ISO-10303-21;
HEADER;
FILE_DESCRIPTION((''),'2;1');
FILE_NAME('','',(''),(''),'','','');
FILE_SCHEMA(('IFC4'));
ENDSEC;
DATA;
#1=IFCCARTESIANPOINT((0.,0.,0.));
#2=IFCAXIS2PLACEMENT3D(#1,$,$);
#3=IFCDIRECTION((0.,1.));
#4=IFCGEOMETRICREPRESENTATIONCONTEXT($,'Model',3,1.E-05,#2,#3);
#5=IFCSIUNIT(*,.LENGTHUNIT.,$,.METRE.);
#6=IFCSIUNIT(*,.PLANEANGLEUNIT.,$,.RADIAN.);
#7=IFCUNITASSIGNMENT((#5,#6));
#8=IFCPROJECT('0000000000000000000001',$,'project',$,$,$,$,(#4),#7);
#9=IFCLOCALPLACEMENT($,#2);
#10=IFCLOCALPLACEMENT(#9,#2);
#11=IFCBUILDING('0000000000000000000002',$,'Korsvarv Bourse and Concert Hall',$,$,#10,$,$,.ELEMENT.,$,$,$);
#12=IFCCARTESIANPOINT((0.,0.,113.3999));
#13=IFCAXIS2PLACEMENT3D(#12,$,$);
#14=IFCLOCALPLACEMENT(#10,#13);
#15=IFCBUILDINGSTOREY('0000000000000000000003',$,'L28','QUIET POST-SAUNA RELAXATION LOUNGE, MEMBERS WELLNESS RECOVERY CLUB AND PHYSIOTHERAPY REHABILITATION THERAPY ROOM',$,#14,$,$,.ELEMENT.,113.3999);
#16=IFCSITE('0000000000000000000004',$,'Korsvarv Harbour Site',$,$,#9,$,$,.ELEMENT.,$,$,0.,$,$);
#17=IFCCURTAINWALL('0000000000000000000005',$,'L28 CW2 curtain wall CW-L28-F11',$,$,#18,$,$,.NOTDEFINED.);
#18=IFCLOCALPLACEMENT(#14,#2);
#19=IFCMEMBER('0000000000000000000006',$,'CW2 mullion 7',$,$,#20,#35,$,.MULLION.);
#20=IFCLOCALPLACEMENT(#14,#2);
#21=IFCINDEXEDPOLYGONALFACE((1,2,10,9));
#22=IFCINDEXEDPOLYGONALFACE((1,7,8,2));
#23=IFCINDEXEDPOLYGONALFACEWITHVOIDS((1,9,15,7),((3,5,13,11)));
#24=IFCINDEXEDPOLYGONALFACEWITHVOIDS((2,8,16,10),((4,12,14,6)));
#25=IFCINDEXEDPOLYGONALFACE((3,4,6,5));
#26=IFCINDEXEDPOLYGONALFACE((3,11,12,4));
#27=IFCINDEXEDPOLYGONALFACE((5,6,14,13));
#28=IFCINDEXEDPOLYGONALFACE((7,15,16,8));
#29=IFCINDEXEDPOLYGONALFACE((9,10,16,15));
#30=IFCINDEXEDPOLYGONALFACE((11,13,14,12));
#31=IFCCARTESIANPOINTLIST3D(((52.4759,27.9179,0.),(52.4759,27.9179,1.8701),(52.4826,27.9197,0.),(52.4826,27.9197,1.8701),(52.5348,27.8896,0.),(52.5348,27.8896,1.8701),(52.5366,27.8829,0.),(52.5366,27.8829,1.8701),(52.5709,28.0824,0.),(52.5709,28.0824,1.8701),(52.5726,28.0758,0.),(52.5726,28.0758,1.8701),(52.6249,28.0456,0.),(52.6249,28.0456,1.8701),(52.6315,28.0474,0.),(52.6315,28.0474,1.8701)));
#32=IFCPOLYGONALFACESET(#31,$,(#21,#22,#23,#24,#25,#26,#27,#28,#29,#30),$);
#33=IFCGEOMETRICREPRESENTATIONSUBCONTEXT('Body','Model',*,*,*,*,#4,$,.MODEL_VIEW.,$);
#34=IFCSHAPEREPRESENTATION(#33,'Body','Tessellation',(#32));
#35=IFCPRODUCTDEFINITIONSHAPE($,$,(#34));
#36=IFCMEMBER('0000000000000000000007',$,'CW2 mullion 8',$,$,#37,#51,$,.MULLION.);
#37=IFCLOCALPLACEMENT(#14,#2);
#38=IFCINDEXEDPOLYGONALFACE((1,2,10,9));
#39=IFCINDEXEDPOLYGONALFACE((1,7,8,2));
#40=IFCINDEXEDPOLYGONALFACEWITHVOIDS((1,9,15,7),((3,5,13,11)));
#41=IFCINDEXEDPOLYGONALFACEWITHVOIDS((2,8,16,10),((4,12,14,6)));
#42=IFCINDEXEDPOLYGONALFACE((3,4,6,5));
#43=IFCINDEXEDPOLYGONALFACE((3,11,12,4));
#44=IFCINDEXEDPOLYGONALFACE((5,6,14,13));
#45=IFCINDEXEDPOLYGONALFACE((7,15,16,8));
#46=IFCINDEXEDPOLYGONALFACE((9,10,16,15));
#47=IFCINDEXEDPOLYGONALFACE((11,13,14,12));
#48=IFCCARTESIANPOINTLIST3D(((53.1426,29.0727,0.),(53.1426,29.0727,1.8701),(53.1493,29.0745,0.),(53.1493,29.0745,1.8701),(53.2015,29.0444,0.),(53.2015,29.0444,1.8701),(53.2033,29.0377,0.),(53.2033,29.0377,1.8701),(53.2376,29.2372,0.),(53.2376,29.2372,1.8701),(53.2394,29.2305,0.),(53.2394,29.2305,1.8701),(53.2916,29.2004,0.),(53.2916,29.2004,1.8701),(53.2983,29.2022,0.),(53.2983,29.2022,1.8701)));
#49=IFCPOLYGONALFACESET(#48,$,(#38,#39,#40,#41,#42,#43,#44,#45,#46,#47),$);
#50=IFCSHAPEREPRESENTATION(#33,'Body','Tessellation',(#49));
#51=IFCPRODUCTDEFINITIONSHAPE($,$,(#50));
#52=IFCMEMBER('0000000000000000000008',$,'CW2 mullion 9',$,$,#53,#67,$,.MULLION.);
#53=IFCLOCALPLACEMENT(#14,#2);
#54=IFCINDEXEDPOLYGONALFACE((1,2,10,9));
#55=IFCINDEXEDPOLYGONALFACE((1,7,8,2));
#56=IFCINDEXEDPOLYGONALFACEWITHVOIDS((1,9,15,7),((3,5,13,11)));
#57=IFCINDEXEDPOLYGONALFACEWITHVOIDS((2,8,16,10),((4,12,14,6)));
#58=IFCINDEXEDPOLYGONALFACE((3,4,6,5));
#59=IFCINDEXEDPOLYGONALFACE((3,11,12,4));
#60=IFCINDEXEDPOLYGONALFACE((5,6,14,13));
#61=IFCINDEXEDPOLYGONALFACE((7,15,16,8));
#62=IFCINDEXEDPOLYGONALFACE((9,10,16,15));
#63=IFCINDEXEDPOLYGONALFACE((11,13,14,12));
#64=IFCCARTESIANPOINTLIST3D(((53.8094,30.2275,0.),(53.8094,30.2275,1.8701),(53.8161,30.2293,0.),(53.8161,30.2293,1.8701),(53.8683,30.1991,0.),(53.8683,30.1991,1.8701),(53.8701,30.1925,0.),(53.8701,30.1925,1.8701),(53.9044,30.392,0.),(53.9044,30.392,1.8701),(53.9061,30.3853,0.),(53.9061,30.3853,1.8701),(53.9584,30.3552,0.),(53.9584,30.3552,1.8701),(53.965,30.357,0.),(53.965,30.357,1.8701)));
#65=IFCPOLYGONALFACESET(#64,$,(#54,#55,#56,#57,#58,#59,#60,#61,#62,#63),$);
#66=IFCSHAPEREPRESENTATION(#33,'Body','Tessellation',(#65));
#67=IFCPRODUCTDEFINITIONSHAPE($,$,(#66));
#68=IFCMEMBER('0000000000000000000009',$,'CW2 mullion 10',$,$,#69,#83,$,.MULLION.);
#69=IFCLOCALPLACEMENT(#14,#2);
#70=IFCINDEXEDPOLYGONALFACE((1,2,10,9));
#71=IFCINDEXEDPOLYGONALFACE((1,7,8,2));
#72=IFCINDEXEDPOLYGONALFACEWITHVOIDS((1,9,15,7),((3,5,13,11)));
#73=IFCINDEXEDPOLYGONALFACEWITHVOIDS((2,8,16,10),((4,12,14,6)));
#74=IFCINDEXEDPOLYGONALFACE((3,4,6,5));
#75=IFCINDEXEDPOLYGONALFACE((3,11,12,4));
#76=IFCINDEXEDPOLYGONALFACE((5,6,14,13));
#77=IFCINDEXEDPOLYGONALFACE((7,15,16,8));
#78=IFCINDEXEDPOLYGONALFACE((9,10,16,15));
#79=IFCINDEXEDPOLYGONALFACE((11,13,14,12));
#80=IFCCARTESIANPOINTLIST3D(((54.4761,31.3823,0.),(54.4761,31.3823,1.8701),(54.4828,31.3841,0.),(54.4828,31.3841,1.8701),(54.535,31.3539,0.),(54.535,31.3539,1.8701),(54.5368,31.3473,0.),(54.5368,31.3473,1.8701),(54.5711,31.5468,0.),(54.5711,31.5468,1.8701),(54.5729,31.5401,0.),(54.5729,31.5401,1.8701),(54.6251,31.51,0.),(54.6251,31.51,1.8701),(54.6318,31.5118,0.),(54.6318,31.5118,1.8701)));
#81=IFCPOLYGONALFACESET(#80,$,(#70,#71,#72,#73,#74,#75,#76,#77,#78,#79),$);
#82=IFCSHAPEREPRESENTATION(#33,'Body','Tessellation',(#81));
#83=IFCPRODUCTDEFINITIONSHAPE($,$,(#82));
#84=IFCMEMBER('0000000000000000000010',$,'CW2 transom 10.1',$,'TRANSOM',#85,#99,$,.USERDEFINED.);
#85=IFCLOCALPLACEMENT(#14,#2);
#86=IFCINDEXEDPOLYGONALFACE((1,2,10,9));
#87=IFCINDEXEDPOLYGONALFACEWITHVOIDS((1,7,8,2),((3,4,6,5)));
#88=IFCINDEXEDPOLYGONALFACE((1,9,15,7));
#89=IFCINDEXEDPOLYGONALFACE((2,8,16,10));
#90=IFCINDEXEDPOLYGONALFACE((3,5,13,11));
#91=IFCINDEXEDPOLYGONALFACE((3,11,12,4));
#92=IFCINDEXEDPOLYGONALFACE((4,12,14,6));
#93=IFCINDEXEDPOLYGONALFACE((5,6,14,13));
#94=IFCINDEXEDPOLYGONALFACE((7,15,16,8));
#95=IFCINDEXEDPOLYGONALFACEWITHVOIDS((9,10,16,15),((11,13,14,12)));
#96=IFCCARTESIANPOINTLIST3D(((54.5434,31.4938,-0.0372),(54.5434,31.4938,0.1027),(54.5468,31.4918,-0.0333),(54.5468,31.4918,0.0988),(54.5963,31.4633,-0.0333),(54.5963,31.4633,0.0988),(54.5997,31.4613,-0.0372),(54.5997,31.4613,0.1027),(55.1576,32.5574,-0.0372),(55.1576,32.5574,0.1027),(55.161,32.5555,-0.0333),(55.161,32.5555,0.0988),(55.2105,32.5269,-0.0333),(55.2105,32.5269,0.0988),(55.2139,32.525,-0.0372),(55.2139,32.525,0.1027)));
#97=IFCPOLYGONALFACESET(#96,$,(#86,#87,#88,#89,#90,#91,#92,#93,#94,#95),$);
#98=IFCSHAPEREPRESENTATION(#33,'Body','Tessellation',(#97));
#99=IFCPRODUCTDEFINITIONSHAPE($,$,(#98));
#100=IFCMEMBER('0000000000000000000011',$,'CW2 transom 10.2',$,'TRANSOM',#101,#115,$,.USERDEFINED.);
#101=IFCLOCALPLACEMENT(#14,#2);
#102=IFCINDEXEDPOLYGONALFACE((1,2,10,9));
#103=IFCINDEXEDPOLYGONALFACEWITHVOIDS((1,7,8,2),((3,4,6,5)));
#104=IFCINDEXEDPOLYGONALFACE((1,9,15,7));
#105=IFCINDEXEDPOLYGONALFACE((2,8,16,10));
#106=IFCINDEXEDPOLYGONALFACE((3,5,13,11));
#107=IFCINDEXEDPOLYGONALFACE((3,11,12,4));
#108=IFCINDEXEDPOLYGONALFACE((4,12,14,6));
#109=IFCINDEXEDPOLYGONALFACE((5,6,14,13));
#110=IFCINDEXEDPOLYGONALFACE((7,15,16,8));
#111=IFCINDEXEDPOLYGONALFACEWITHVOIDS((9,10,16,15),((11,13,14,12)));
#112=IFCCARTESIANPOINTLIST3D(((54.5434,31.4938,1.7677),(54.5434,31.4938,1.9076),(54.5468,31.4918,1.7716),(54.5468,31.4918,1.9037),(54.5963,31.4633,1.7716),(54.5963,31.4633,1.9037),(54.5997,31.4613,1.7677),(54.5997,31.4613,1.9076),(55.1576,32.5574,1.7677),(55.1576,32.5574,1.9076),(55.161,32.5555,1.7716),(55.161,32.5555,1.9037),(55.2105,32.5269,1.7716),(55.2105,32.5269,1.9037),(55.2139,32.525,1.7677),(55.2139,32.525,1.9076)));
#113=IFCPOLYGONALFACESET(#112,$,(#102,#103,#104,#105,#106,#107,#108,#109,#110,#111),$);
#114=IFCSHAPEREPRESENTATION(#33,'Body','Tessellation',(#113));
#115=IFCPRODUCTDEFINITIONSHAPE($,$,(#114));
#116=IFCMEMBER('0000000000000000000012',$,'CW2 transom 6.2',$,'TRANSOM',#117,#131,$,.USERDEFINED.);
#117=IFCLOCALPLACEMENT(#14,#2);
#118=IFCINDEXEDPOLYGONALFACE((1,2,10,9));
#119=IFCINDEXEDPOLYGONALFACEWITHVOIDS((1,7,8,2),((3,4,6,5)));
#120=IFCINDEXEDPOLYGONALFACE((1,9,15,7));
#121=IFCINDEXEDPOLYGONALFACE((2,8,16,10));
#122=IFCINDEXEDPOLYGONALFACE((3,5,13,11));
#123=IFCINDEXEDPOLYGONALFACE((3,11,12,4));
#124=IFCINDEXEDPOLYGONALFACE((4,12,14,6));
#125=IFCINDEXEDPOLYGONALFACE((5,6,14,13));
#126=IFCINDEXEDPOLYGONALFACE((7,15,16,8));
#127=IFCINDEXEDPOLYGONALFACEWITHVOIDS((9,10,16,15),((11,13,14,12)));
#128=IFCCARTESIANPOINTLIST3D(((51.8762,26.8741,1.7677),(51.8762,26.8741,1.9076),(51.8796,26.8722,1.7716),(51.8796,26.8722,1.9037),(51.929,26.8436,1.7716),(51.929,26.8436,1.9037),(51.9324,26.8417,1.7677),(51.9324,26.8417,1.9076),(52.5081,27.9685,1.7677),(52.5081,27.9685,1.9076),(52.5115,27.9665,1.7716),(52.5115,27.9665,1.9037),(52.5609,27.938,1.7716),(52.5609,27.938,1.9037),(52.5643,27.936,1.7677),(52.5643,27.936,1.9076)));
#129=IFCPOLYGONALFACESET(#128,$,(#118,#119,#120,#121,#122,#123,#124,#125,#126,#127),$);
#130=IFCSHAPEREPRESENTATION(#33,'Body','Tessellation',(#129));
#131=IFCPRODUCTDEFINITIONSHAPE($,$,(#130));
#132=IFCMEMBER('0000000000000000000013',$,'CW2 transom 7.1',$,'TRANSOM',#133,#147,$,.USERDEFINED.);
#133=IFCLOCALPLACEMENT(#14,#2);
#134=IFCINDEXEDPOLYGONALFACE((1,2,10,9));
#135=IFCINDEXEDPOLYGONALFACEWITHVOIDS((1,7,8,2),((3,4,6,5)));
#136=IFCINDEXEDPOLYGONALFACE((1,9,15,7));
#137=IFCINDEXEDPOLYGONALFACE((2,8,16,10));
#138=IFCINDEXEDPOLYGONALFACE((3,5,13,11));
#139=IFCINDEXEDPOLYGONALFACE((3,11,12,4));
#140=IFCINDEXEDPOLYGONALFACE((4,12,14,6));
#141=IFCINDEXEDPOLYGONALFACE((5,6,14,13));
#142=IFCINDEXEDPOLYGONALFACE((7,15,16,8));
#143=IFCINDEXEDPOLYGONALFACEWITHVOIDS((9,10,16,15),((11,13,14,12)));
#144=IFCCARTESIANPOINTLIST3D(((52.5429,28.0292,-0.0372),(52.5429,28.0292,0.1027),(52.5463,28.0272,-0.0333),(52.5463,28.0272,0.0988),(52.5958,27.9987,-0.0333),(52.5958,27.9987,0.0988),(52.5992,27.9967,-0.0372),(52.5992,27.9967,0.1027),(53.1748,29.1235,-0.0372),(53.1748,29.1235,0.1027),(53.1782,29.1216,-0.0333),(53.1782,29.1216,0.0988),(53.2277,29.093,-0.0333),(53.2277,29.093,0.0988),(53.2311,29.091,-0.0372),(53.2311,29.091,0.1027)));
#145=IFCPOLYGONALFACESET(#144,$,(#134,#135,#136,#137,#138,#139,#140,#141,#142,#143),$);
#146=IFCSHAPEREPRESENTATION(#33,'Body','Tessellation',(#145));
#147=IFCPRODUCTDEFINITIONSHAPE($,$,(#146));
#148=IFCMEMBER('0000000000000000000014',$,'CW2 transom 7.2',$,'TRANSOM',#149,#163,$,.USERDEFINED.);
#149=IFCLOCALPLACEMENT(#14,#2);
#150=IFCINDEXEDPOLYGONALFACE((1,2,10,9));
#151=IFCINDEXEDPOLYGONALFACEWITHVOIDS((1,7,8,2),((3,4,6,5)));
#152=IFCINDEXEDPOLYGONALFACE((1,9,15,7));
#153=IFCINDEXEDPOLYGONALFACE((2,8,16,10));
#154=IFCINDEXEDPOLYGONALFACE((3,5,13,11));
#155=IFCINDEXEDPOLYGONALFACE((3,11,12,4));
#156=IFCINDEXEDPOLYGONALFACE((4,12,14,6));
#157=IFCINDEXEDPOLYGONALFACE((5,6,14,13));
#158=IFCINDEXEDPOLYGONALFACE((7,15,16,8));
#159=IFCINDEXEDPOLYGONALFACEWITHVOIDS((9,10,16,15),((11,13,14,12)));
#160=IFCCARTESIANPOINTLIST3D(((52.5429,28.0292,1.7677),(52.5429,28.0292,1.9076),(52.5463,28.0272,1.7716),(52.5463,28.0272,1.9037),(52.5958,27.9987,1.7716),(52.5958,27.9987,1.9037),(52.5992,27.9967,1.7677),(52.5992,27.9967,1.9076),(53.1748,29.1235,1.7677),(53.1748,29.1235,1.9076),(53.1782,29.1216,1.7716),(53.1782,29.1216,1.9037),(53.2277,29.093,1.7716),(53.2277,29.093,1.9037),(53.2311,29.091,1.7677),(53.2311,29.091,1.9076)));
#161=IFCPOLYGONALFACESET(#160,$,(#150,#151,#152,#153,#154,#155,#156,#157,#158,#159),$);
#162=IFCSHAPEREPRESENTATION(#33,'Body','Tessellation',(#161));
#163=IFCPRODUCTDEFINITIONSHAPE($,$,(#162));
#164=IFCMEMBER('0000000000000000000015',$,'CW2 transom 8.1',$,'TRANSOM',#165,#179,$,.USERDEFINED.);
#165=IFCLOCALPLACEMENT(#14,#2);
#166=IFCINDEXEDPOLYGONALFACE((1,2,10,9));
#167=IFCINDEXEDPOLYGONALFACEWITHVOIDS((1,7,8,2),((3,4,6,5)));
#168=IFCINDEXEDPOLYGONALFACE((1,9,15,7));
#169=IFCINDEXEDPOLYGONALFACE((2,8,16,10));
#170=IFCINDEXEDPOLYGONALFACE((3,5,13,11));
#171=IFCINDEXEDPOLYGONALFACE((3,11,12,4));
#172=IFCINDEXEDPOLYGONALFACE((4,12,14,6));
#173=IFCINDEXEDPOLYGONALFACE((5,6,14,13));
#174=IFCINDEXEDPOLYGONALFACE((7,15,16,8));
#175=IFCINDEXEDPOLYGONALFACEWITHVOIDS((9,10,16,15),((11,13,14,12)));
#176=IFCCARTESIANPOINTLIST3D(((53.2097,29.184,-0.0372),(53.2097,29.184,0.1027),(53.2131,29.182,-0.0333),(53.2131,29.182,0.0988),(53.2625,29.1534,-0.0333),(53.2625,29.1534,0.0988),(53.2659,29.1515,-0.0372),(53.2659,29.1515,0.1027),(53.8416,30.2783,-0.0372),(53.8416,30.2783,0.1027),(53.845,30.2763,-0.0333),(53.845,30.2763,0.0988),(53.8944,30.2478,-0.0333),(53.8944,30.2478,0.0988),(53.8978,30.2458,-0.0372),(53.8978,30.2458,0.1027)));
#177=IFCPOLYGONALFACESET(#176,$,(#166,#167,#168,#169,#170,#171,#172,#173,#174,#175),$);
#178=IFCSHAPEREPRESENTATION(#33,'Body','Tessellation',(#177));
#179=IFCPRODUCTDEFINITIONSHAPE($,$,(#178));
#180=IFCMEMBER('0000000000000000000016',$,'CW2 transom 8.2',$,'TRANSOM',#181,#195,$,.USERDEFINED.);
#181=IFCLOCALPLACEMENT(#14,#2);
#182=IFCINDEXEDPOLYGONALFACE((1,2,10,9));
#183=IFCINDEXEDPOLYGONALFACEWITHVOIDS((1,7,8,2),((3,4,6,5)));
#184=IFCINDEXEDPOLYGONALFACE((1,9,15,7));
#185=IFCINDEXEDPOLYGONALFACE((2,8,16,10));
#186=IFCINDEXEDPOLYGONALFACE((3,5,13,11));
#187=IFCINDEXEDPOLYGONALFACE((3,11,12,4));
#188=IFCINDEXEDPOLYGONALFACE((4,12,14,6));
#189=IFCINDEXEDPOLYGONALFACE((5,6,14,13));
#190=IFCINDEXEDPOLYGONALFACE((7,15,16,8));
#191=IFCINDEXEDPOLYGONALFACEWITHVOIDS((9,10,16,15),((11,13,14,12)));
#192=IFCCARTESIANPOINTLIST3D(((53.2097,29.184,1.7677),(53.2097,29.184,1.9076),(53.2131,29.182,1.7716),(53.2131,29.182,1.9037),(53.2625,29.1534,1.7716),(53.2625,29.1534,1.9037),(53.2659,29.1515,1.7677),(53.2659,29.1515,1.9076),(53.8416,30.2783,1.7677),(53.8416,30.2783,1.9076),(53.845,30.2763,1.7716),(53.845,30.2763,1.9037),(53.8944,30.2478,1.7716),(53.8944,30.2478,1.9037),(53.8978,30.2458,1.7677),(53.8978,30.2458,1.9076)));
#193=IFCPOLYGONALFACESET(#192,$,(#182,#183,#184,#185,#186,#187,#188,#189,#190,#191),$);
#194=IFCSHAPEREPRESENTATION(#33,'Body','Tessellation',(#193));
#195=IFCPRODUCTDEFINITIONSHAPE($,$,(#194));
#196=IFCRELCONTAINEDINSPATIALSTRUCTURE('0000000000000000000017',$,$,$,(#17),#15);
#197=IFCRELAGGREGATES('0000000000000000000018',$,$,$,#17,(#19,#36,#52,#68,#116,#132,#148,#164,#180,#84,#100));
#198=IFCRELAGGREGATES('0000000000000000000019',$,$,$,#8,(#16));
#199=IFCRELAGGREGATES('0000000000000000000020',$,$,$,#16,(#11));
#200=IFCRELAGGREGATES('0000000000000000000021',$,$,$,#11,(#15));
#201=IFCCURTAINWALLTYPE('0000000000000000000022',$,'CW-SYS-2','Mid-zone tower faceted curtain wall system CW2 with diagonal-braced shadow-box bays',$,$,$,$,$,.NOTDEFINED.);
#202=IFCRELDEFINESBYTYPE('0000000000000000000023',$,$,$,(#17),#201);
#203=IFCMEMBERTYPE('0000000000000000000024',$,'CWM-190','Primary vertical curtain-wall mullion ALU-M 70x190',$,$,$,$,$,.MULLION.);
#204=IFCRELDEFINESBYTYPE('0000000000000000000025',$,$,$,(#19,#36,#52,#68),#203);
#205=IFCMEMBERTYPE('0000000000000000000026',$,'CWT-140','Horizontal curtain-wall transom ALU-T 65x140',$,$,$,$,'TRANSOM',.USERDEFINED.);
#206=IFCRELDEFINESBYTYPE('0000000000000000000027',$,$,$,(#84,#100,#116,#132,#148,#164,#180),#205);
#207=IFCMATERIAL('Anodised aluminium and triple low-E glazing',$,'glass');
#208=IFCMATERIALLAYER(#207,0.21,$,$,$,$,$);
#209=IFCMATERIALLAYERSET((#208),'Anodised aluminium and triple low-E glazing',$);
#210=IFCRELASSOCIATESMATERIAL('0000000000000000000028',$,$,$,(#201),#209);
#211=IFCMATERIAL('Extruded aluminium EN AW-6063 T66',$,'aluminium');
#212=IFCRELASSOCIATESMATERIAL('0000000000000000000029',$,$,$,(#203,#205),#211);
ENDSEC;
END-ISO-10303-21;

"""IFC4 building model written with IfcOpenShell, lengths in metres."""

from ifc_helpers import new_model, si_unit, direction, frame, origin, origin_2d, place, context, subcontext, project, spatial, hollow_rectangle, extrude, source, transform, mapped, material, layer, layer_set, material_profile, profile_set, type_object, element, aggregate, save


model = new_model("IFC4")

# Units and contexts
model_context = context("Model", 3, precision=1e-05, world=origin(), true_north=direction((0.0, 1.0)))
body_context = subcontext(model_context, "Body", "Model", "MODEL_VIEW")
ifc_project = project(units=[si_unit("LENGTHUNIT", "METRE"), si_unit("PLANEANGLEUNIT", "RADIAN")], contexts=[model_context])

# Site, building, storey
site_placement = place(None, origin())
site = spatial("IfcSite", under=ifc_project, at=site_placement, Name="Korsvarv Harbour Site", CompositionType="ELEMENT", RefElevation=0.0)
building_placement = place(site_placement, origin())
building = spatial("IfcBuilding", under=site, at=building_placement, Name="Korsvarv Bourse and Concert Hall", CompositionType="ELEMENT")
storey_placement = place(building_placement, frame((0.0, 0.0, 113.3999)))
storey = spatial("IfcBuildingStorey", under=building, at=storey_placement, Name="L28", Description="QUIET POST-SAUNA RELAXATION LOUNGE, MEMBERS WELLNESS RECOVERY CLUB AND PHYSIOTHERAPY REHABILITATION THERAPY ROOM", CompositionType="ELEMENT", Elevation=113.3999)

# Curtain wall, members
ifc_material_1 = material(Name="Anodised aluminium and triple low-E glazing", Category="glass")
ifc_layer_1 = layer(ifc_material_1, 0.21)
ifc_layer_set_1 = layer_set([ifc_layer_1], Name="Anodised aluminium and triple low-E glazing")
curtain_wall_type = type_object("IfcCurtainWallType", Name="CW-SYS-2", Description="Mid-zone tower faceted curtain wall system CW2 with diagonal-braced shadow-box bays", PredefinedType="NOTDEFINED", material=ifc_layer_set_1)
curtain_wall_placement = place(storey_placement, origin())
curtain_wall = element("IfcCurtainWall", 1, at=curtain_wall_placement, inside=storey, type_object=curtain_wall_type, Name="L28 CW2 curtain wall CW-L28-F11", PredefinedType="NOTDEFINED")
ifc_material_2 = material(Name="Extruded aluminium EN AW-6063 T66", Category="aluminium")
ifc_material_profile_1 = material_profile(ifc_material_2, hollow_rectangle(XDim=0.0701, YDim=0.1899, WallThickness=0.0049, at=origin_2d()), Name="ALU-M 70x190")
ifc_profile_set_1 = profile_set([ifc_material_profile_1], Name="Extruded aluminium EN AW-6063 T66")
member_type_1 = type_object("IfcMemberType", Name="CWM-190", Description="Primary vertical curtain-wall mullion ALU-M 70x190", PredefinedType="MULLION", material=ifc_profile_set_1)
shared_shape_1 = source(origin(), body_context, "Body", "SweptSolid", [
    extrude(hollow_rectangle(XDim=0.0701, YDim=0.1899, WallThickness=0.0049, at=origin_2d()), origin(), (0.0, 0.0, 1.0), 1.8701),
])
member_1_placement = place(storey_placement, frame((52.5537, 27.9827, 0.0), z_axis=(0.0, 0.0, 1.0), x_axis=(-0.866022, 0.500006, 0.0)))
member_1 = element("IfcMember", 2, at=member_1_placement, type_object=member_type_1, Name="CW2 mullion 7", PredefinedType="MULLION", context=body_context, shape_type="MappedRepresentation", body=[
    mapped(shared_shape_1, transform((0.0, 0.0, 0.0), scale=1.0)),
])
member_2_placement = place(storey_placement, frame((53.2205, 29.1375, 0.0), z_axis=(0.0, 0.0, 1.0), x_axis=(-0.866022, 0.500006, 0.0)))
member_2 = element("IfcMember", 3, at=member_2_placement, type_object=member_type_1, Name="CW2 mullion 8", PredefinedType="MULLION", context=body_context, shape_type="MappedRepresentation", body=[
    mapped(shared_shape_1, transform((0.0, 0.0, 0.0), scale=1.0)),
])
member_3_placement = place(storey_placement, frame((53.8872, 30.2922, 0.0), z_axis=(0.0, 0.0, 1.0), x_axis=(-0.866022, 0.500006, 0.0)))
member_3 = element("IfcMember", 4, at=member_3_placement, type_object=member_type_1, Name="CW2 mullion 9", PredefinedType="MULLION", context=body_context, shape_type="MappedRepresentation", body=[
    mapped(shared_shape_1, transform((0.0, 0.0, 0.0), scale=1.0)),
])
member_4_placement = place(storey_placement, frame((54.554, 31.447, 0.0), z_axis=(0.0, 0.0, 1.0), x_axis=(-0.866022, 0.500006, 0.0)))
member_4 = element("IfcMember", 5, at=member_4_placement, type_object=member_type_1, Name="CW2 mullion 10", PredefinedType="MULLION", context=body_context, shape_type="MappedRepresentation", body=[
    mapped(shared_shape_1, transform((0.0, 0.0, 0.0), scale=1.0)),
])
ifc_material_profile_2 = material_profile(ifc_material_2, hollow_rectangle(XDim=0.0649, YDim=0.1399, WallThickness=0.0039, at=origin_2d()), Name="ALU-T 65x140")
ifc_profile_set_2 = profile_set([ifc_material_profile_2], Name="Extruded aluminium EN AW-6063 T66")
member_type_2 = type_object("IfcMemberType", Name="CWT-140", Description="Horizontal curtain-wall transom ALU-T 65x140", ElementType="TRANSOM", PredefinedType="USERDEFINED", material=ifc_profile_set_2)
shared_shape_2 = source(origin(), body_context, "Body", "SweptSolid", [
    extrude(hollow_rectangle(XDim=0.0649, YDim=0.1399, WallThickness=0.0039, at=origin_2d()), origin(), (0.0, 0.0, 1.0), 1.2283),
])
member_5_placement = place(storey_placement, frame((54.5715, 31.4775, 0.0327), z_axis=(0.500072, 0.865984, 0.0), x_axis=(-0.865984, 0.500072, 0.0)))
member_5 = element("IfcMember", 6, at=member_5_placement, type_object=member_type_2, Name="CW2 transom 10.1", ObjectType="TRANSOM", PredefinedType="USERDEFINED", context=body_context, shape_type="MappedRepresentation", body=[
    mapped(shared_shape_2, transform((0.0, 0.0, 0.0), scale=1.0)),
])
member_6_placement = place(storey_placement, frame((54.5715, 31.4775, 1.8376), z_axis=(0.500072, 0.865984, 0.0), x_axis=(-0.865984, 0.500072, 0.0)))
member_6 = element("IfcMember", 7, at=member_6_placement, type_object=member_type_2, Name="CW2 transom 10.2", ObjectType="TRANSOM", PredefinedType="USERDEFINED", context=body_context, shape_type="MappedRepresentation", body=[
    mapped(shared_shape_2, transform((0.0, 0.0, 0.0), scale=1.0)),
])
shared_shape_3 = source(origin(), body_context, "Body", "SweptSolid", [
    extrude(hollow_rectangle(XDim=0.0649, YDim=0.1399, WallThickness=0.0039, at=origin_2d()), origin(), (0.0, 0.0, 1.0), 1.2637),
])
member_7_placement = place(storey_placement, frame((51.9043, 26.8579, 1.8376), z_axis=(0.500046, 0.865999, 0.0), x_axis=(-0.865999, 0.500046, 0.0)))
member_7 = element("IfcMember", 8, at=member_7_placement, type_object=member_type_2, Name="CW2 transom 6.2", ObjectType="TRANSOM", PredefinedType="USERDEFINED", context=body_context, shape_type="MappedRepresentation", body=[
    mapped(shared_shape_3, transform((0.0, 0.0, 0.0), scale=1.0)),
])
member_8_placement = place(storey_placement, frame((52.571, 28.0129, 0.0327), z_axis=(0.500046, 0.865999, 0.0), x_axis=(-0.865999, 0.500046, 0.0)))
member_8 = element("IfcMember", 9, at=member_8_placement, type_object=member_type_2, Name="CW2 transom 7.1", ObjectType="TRANSOM", PredefinedType="USERDEFINED", context=body_context, shape_type="MappedRepresentation", body=[
    mapped(shared_shape_3, transform((0.0, 0.0, 0.0), scale=1.0)),
])
member_9_placement = place(storey_placement, frame((52.571, 28.0129, 1.8376), z_axis=(0.500046, 0.865999, 0.0), x_axis=(-0.865999, 0.500046, 0.0)))
member_9 = element("IfcMember", 10, at=member_9_placement, type_object=member_type_2, Name="CW2 transom 7.2", ObjectType="TRANSOM", PredefinedType="USERDEFINED", context=body_context, shape_type="MappedRepresentation", body=[
    mapped(shared_shape_3, transform((0.0, 0.0, 0.0), scale=1.0)),
])
member_10_placement = place(storey_placement, frame((53.2378, 29.1677, 0.0327), z_axis=(0.500046, 0.865999, 0.0), x_axis=(-0.865999, 0.500046, 0.0)))
member_10 = element("IfcMember", 11, at=member_10_placement, type_object=member_type_2, Name="CW2 transom 8.1", ObjectType="TRANSOM", PredefinedType="USERDEFINED", context=body_context, shape_type="MappedRepresentation", body=[
    mapped(shared_shape_3, transform((0.0, 0.0, 0.0), scale=1.0)),
])
member_11_placement = place(storey_placement, frame((53.2378, 29.1677, 1.8376), z_axis=(0.500046, 0.865999, 0.0), x_axis=(-0.865999, 0.500046, 0.0)))
member_11 = element("IfcMember", 12, at=member_11_placement, type_object=member_type_2, Name="CW2 transom 8.2", ObjectType="TRANSOM", PredefinedType="USERDEFINED", context=body_context, shape_type="MappedRepresentation", body=[
    mapped(shared_shape_3, transform((0.0, 0.0, 0.0), scale=1.0)),
])
aggregate(curtain_wall, [member_1, member_2, member_3, member_4, member_7, member_8, member_9, member_10, member_11, member_5, member_6])

save(model, "model.ifc")
